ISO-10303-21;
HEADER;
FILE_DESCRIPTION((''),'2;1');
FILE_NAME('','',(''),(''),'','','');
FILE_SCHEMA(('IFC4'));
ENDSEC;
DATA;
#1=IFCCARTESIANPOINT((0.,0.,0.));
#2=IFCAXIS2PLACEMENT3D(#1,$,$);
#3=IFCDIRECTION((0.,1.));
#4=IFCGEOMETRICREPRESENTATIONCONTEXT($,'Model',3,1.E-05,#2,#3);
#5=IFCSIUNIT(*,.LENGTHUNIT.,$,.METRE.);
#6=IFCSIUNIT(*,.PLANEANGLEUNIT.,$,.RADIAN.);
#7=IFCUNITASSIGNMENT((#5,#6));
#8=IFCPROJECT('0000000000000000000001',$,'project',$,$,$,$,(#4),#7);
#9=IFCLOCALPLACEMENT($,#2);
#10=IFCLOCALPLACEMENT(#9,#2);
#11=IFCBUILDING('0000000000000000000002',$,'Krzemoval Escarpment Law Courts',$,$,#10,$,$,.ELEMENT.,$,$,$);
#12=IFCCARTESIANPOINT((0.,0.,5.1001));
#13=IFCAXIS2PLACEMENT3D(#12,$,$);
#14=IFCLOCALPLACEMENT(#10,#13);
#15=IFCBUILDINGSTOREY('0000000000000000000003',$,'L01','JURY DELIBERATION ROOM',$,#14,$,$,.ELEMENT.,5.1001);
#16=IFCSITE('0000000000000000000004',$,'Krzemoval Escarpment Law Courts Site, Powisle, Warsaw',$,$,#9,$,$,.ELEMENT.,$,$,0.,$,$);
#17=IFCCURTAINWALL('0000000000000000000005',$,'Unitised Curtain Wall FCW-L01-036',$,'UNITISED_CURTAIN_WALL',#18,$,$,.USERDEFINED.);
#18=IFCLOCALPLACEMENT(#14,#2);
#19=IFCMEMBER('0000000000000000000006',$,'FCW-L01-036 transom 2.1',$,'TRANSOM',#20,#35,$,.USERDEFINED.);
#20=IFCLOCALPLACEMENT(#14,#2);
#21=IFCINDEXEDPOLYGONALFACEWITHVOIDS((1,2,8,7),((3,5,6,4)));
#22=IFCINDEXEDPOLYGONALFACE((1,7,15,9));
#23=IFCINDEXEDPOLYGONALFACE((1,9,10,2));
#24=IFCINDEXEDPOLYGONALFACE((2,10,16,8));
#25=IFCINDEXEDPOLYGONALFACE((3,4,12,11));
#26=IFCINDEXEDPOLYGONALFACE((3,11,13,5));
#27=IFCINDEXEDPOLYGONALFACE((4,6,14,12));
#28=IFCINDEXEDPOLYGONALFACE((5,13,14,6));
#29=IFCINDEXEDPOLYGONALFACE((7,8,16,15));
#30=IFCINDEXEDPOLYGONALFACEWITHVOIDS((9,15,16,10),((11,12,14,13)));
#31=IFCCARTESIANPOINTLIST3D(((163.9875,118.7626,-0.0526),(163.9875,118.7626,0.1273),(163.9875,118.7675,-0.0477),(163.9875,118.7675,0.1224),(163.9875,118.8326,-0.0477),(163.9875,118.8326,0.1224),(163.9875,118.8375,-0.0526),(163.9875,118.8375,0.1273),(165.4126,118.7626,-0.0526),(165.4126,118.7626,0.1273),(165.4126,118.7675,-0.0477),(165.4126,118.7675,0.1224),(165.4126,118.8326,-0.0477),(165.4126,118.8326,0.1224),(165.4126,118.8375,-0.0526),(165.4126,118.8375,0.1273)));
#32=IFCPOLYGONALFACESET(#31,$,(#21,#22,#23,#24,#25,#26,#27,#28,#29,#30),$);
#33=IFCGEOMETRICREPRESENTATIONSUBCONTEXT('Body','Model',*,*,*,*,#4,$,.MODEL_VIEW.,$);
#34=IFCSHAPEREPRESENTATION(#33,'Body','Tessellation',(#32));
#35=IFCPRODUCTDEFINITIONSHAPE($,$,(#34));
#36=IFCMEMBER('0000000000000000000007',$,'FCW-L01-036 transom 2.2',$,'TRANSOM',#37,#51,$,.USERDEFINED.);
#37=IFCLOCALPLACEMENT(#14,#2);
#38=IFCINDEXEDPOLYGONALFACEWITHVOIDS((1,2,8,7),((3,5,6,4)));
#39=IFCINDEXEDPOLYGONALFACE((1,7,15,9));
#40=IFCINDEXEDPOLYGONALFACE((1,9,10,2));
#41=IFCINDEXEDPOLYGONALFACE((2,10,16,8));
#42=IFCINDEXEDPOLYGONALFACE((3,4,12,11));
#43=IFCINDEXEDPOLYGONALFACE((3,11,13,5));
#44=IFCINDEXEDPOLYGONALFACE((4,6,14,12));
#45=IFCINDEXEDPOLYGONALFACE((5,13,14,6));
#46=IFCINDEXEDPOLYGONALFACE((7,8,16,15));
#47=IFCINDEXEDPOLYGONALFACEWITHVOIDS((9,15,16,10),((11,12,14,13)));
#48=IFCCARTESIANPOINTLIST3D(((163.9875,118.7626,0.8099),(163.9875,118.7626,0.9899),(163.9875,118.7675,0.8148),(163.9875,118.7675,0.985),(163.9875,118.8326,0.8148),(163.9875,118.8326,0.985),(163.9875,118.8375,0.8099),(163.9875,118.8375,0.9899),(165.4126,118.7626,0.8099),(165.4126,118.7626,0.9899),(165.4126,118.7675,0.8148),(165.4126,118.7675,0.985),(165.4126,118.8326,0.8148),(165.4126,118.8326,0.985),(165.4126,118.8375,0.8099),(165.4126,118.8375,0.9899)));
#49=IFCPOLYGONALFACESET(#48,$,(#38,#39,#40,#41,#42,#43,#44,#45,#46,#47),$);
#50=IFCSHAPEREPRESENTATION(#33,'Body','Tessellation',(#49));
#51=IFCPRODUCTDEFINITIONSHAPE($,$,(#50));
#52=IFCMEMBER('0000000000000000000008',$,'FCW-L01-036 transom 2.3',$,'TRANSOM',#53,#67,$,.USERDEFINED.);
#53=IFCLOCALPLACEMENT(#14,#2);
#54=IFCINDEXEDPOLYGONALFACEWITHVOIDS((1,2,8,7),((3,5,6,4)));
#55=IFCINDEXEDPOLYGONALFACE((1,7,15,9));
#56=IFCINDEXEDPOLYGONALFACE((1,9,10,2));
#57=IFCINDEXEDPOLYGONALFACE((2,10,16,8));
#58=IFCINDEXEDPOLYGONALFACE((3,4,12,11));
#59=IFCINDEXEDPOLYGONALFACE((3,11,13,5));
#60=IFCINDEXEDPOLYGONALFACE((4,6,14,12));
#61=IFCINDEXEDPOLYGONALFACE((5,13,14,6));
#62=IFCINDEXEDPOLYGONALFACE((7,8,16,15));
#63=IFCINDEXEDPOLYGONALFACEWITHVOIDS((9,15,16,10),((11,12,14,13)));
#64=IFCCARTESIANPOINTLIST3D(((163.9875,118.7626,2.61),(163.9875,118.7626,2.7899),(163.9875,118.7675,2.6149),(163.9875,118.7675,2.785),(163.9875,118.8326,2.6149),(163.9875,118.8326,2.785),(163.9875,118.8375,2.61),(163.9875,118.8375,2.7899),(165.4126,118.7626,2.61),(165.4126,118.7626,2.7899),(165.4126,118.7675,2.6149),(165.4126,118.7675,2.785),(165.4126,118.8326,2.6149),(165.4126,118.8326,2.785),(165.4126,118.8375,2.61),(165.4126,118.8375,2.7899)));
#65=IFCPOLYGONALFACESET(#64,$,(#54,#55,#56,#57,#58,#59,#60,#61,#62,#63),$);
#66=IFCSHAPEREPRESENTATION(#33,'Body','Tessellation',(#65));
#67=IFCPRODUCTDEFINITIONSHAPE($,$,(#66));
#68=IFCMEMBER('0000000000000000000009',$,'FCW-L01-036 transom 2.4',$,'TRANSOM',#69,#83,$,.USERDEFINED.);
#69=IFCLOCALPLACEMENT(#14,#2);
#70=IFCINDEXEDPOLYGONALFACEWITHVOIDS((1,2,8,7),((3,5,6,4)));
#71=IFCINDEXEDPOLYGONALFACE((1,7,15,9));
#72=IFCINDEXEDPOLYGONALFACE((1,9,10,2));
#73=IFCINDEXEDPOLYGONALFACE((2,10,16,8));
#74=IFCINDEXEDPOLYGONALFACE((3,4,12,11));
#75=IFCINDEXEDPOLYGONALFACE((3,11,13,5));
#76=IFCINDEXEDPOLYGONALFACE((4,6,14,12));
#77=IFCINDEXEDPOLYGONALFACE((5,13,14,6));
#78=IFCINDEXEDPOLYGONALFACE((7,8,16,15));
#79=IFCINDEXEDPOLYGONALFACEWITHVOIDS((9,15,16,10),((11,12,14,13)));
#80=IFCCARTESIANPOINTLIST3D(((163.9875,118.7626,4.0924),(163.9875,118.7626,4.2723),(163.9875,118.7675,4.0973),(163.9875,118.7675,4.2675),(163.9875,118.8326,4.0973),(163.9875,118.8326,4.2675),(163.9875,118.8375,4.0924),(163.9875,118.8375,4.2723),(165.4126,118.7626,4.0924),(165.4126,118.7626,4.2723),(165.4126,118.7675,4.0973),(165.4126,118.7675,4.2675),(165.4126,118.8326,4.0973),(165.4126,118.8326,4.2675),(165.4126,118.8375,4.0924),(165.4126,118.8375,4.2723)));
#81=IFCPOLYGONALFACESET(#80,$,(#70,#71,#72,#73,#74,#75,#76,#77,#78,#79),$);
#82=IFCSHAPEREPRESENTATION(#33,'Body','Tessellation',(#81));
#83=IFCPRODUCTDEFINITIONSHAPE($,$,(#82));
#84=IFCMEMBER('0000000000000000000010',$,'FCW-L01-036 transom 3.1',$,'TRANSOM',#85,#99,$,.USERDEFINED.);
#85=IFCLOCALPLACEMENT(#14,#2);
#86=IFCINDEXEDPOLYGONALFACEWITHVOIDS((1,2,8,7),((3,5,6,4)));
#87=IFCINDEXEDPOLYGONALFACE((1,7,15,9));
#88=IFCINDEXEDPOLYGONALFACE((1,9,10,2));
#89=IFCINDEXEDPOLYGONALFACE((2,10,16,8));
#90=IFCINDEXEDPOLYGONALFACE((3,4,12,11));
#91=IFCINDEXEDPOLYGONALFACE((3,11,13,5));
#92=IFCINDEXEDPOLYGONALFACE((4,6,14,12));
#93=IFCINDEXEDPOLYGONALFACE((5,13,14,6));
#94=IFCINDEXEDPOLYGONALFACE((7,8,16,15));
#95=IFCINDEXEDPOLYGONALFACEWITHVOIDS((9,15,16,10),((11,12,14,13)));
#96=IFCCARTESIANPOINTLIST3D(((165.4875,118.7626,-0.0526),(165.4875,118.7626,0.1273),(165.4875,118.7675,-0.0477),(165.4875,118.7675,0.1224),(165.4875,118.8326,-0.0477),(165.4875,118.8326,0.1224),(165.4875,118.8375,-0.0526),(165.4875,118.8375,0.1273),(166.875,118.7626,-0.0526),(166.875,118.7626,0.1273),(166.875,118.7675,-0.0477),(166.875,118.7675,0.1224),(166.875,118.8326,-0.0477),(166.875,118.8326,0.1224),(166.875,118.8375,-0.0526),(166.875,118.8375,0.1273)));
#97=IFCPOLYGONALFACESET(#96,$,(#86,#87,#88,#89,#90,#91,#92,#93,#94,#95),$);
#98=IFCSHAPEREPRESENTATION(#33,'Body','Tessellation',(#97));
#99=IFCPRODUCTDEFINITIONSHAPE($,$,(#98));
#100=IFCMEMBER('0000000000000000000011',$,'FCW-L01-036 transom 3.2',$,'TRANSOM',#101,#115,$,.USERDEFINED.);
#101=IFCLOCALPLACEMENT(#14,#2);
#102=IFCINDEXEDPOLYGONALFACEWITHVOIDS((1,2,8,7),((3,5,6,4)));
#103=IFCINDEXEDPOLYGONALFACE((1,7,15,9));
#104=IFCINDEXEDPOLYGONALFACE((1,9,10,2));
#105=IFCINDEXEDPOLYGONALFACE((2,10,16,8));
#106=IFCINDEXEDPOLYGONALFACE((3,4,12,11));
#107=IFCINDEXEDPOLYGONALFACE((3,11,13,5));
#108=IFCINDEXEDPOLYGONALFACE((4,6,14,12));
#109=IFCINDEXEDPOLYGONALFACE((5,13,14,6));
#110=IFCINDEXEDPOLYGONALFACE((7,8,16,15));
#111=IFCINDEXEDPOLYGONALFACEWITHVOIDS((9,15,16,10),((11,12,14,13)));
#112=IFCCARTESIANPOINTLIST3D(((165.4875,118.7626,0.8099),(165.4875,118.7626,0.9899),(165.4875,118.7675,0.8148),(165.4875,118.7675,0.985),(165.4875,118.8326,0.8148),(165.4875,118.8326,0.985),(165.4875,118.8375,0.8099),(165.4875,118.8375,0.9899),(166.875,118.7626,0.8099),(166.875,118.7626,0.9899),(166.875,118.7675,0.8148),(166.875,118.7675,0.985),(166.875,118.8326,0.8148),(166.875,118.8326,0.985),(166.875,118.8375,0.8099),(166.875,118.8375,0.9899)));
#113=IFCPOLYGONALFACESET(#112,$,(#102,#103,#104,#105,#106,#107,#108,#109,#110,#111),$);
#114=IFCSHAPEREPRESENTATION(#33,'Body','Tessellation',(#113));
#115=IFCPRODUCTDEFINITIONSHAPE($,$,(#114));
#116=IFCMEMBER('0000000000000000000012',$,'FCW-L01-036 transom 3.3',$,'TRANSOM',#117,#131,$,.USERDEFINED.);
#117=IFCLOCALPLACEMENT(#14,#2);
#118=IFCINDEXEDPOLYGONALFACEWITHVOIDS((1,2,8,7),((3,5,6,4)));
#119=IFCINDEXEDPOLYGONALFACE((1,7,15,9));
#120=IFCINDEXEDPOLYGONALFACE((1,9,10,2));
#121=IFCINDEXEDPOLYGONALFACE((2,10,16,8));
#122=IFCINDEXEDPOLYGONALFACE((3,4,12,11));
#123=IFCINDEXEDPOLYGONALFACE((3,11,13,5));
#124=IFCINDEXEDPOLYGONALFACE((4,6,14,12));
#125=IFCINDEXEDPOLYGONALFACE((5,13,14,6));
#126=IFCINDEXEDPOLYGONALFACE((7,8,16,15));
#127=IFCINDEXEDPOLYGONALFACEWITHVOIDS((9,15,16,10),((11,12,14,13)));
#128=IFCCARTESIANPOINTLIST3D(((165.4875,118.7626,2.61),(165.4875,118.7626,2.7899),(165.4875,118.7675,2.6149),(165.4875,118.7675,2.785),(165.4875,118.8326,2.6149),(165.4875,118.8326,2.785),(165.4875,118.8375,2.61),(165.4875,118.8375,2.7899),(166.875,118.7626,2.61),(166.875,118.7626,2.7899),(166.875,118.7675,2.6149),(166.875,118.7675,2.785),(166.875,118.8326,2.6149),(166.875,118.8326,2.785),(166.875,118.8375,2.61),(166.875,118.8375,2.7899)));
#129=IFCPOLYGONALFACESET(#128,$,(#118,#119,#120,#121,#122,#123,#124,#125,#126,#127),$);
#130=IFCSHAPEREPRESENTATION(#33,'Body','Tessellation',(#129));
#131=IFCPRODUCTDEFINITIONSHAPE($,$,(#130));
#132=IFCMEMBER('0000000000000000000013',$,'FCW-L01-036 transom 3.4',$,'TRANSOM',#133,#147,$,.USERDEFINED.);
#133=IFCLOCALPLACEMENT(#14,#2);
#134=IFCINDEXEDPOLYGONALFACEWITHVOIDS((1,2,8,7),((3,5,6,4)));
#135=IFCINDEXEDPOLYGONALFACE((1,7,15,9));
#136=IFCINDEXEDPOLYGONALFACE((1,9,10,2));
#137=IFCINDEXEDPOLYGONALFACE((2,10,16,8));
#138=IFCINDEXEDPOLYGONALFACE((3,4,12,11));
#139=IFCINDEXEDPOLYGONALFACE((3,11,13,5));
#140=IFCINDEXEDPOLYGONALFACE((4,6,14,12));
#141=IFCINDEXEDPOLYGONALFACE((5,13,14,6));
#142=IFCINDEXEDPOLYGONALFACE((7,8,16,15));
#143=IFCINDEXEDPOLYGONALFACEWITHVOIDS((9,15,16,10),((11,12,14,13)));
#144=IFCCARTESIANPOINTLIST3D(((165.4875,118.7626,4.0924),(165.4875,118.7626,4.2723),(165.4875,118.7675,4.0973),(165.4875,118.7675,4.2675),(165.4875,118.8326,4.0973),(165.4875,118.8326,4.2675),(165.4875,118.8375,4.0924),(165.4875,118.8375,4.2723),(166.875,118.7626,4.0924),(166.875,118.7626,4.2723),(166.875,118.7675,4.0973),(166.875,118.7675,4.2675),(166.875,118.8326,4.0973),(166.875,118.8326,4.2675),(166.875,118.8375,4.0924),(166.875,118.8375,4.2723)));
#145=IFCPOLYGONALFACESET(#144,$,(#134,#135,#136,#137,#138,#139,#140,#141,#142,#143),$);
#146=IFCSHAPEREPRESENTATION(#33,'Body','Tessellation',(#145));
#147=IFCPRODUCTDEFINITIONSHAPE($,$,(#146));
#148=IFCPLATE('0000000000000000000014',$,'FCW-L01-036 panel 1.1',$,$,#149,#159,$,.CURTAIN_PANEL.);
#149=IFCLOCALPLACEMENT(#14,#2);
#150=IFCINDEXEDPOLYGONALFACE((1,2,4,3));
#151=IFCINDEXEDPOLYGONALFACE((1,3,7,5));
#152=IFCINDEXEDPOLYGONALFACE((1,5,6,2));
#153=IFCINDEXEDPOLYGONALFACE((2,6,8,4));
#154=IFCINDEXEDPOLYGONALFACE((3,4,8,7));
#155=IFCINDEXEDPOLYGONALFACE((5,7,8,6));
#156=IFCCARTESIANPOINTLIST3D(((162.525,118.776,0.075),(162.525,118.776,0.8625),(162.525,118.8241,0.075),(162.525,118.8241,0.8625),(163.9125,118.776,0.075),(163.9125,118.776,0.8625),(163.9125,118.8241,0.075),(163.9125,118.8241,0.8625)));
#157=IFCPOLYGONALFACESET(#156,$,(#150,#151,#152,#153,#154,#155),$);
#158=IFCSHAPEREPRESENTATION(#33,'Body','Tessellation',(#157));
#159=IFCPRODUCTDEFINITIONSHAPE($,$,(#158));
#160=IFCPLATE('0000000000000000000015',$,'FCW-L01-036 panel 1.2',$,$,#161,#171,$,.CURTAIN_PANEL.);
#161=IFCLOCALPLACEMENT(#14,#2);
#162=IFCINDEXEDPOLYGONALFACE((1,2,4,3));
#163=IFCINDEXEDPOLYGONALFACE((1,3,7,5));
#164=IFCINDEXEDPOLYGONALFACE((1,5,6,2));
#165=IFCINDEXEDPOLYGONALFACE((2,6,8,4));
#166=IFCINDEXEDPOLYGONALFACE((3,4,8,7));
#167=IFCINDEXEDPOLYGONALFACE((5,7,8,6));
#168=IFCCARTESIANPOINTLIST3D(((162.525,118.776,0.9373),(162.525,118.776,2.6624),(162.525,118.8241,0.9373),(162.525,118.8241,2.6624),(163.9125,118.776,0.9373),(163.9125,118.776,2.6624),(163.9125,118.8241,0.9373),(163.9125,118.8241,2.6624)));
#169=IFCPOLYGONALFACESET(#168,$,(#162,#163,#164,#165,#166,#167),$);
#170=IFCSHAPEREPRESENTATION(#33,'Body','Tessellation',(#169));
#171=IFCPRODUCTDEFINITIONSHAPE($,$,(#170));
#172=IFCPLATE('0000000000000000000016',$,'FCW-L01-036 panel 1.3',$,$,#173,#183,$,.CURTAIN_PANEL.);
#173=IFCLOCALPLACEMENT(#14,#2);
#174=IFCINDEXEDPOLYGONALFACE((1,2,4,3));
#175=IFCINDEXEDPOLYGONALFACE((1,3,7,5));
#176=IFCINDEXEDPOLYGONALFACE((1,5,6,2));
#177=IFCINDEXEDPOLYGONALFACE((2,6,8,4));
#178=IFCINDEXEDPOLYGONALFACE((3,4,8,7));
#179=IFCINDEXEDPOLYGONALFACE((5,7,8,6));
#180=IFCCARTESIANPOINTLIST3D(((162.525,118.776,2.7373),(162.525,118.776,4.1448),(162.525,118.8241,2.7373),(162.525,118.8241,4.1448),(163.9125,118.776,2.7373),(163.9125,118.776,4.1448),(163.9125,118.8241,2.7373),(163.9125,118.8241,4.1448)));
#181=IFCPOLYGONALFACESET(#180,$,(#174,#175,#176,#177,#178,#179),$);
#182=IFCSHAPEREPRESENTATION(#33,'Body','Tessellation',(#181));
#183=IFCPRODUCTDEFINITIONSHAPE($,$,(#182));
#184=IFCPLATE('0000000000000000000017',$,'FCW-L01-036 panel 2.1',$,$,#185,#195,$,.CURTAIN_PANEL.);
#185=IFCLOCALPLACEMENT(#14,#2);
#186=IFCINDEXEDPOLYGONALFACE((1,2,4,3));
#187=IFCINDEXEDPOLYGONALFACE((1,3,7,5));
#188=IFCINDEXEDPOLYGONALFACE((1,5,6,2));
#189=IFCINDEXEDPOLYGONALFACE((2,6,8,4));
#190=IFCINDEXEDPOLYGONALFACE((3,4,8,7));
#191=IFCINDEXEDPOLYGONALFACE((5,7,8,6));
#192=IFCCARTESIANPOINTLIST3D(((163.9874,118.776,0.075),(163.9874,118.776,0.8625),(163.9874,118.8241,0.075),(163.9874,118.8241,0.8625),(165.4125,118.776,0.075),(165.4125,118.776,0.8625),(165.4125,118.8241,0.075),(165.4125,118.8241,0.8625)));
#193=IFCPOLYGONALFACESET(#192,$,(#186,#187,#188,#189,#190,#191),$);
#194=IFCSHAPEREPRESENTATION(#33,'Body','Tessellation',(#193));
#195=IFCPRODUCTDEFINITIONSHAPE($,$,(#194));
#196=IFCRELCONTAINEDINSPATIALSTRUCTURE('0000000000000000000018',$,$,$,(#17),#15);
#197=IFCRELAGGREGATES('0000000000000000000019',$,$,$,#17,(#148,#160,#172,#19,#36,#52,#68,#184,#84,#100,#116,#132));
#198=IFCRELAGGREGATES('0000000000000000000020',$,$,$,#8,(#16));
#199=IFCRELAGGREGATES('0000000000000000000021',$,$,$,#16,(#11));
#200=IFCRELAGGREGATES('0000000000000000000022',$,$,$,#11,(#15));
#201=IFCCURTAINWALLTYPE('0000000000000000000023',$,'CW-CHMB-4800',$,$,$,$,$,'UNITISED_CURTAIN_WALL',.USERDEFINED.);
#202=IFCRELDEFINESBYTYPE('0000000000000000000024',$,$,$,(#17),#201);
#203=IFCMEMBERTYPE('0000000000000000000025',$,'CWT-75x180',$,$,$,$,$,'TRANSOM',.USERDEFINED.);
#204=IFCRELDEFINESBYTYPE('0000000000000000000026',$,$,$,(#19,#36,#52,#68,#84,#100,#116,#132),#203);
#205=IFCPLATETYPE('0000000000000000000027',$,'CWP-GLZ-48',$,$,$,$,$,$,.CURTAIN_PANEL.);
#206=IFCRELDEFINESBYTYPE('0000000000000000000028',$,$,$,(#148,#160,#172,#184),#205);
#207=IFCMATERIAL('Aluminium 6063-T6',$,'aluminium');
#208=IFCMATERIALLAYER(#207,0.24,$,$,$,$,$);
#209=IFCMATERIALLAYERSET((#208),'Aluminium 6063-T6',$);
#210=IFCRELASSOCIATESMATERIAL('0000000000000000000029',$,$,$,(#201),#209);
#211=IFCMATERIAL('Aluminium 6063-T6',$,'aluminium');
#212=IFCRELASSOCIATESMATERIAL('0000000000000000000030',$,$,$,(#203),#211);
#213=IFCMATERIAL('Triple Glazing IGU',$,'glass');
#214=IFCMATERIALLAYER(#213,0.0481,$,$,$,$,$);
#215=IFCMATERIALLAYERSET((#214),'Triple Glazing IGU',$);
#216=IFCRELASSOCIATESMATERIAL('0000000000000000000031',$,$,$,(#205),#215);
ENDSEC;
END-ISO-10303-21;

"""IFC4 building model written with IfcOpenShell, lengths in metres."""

from ifc_helpers import new_model, si_unit, direction, frame, origin, origin_2d, place, context, subcontext, project, spatial, rectangle, hollow_rectangle, extrude, material, layer, layer_set, material_profile, profile_set, type_object, element, aggregate, save


model = new_model("IFC4")

# Units and contexts
model_context = context("Model", 3, precision=1e-05, world=origin(), true_north=direction((0.0, 1.0)))
body_context = subcontext(model_context, "Body", "Model", "MODEL_VIEW")
ifc_project = project(units=[si_unit("LENGTHUNIT", "METRE"), si_unit("PLANEANGLEUNIT", "RADIAN")], contexts=[model_context])

# Site, building, storey
site_placement = place(None, origin())
site = spatial("IfcSite", under=ifc_project, at=site_placement, Name="Krzemoval Escarpment Law Courts Site, Powisle, Warsaw", CompositionType="ELEMENT", RefElevation=0.0)
building_placement = place(site_placement, origin())
building = spatial("IfcBuilding", under=site, at=building_placement, Name="Krzemoval Escarpment Law Courts", CompositionType="ELEMENT")
storey_placement = place(building_placement, frame((0.0, 0.0, 5.1001)))
storey = spatial("IfcBuildingStorey", under=building, at=storey_placement, Name="L01", Description="JURY DELIBERATION ROOM", CompositionType="ELEMENT", Elevation=5.1001)

# Shared definitions
ifc_material_1 = material(Name="Aluminium 6063-T6", Category="aluminium")
ifc_layer_1 = layer(ifc_material_1, 0.24)
ifc_layer_set_1 = layer_set([ifc_layer_1], Name="Aluminium 6063-T6")
curtain_wall_type = type_object("IfcCurtainWallType", Name="CW-CHMB-4800", ElementType="UNITISED_CURTAIN_WALL", PredefinedType="USERDEFINED", material=ifc_layer_set_1)

# Curtain wall, members, plates
curtain_wall_1_placement = place(storey_placement, origin())
curtain_wall_1 = element("IfcCurtainWall", 1, at=curtain_wall_1_placement, inside=storey, type_object=curtain_wall_type, Name="Unitised Curtain Wall FCW-L01-036", ObjectType="UNITISED_CURTAIN_WALL", PredefinedType="USERDEFINED")
ifc_material_2 = material(Name="Aluminium 6063-T6", Category="aluminium")
ifc_material_profile_1 = material_profile(ifc_material_2, hollow_rectangle(XDim=0.075, YDim=0.1799, WallThickness=0.0049, at=origin_2d()), Name="ALU T75x180")
ifc_profile_set_1 = profile_set([ifc_material_profile_1], Name="Aluminium 6063-T6")
member_type_1 = type_object("IfcMemberType", Name="CWT-75x180", ElementType="TRANSOM", PredefinedType="USERDEFINED", material=ifc_profile_set_1)
member_1_placement = place(storey_placement, frame((163.9875, 118.8, 0.0374), z_axis=(1.0, 0.0, 0.0), x_axis=(0.0, 1.0, 0.0)))
member_1 = element("IfcMember", 2, at=member_1_placement, type_object=member_type_1, Name="FCW-L01-036 transom 2.1", ObjectType="TRANSOM", PredefinedType="USERDEFINED", context=body_context, shape_type="SweptSolid", body=[
    extrude(hollow_rectangle(XDim=0.075, YDim=0.1799, WallThickness=0.0049, at=origin_2d()), origin(), (0.0, 0.0, 1.0), 1.425),
])
member_2_placement = place(storey_placement, frame((163.9875, 118.8, 0.8999), z_axis=(1.0, 0.0, 0.0), x_axis=(0.0, 1.0, 0.0)))
member_2 = element("IfcMember", 3, at=member_2_placement, type_object=member_type_1, Name="FCW-L01-036 transom 2.2", ObjectType="TRANSOM", PredefinedType="USERDEFINED", context=body_context, shape_type="SweptSolid", body=[
    extrude(hollow_rectangle(XDim=0.075, YDim=0.1799, WallThickness=0.0049, at=origin_2d()), origin(), (0.0, 0.0, 1.0), 1.425),
])
member_3_placement = place(storey_placement, frame((163.9875, 118.8, 2.7), z_axis=(1.0, 0.0, 0.0), x_axis=(0.0, 1.0, 0.0)))
member_3 = element("IfcMember", 4, at=member_3_placement, type_object=member_type_1, Name="FCW-L01-036 transom 2.3", ObjectType="TRANSOM", PredefinedType="USERDEFINED", context=body_context, shape_type="SweptSolid", body=[
    extrude(hollow_rectangle(XDim=0.075, YDim=0.1799, WallThickness=0.0049, at=origin_2d()), origin(), (0.0, 0.0, 1.0), 1.425),
])
member_4_placement = place(storey_placement, frame((163.9875, 118.8, 4.1824), z_axis=(1.0, 0.0, 0.0), x_axis=(0.0, 1.0, 0.0)))
member_4 = element("IfcMember", 5, at=member_4_placement, type_object=member_type_1, Name="FCW-L01-036 transom 2.4", ObjectType="TRANSOM", PredefinedType="USERDEFINED", context=body_context, shape_type="SweptSolid", body=[
    extrude(hollow_rectangle(XDim=0.075, YDim=0.1799, WallThickness=0.0049, at=origin_2d()), origin(), (0.0, 0.0, 1.0), 1.425),
])
member_5_placement = place(storey_placement, frame((165.4875, 118.8, 0.0374), z_axis=(1.0, 0.0, 0.0), x_axis=(0.0, 1.0, 0.0)))
member_5 = element("IfcMember", 6, at=member_5_placement, type_object=member_type_1, Name="FCW-L01-036 transom 3.1", ObjectType="TRANSOM", PredefinedType="USERDEFINED", context=body_context, shape_type="SweptSolid", body=[
    extrude(hollow_rectangle(XDim=0.075, YDim=0.1799, WallThickness=0.0049, at=origin_2d()), origin(), (0.0, 0.0, 1.0), 1.3875),
])
member_6_placement = place(storey_placement, frame((165.4875, 118.8, 0.8999), z_axis=(1.0, 0.0, 0.0), x_axis=(0.0, 1.0, 0.0)))
member_6 = element("IfcMember", 7, at=member_6_placement, type_object=member_type_1, Name="FCW-L01-036 transom 3.2", ObjectType="TRANSOM", PredefinedType="USERDEFINED", context=body_context, shape_type="SweptSolid", body=[
    extrude(hollow_rectangle(XDim=0.075, YDim=0.1799, WallThickness=0.0049, at=origin_2d()), origin(), (0.0, 0.0, 1.0), 1.3875),
])
member_7_placement = place(storey_placement, frame((165.4875, 118.8, 2.7), z_axis=(1.0, 0.0, 0.0), x_axis=(0.0, 1.0, 0.0)))
member_7 = element("IfcMember", 8, at=member_7_placement, type_object=member_type_1, Name="FCW-L01-036 transom 3.3", ObjectType="TRANSOM", PredefinedType="USERDEFINED", context=body_context, shape_type="SweptSolid", body=[
    extrude(hollow_rectangle(XDim=0.075, YDim=0.1799, WallThickness=0.0049, at=origin_2d()), origin(), (0.0, 0.0, 1.0), 1.3875),
])
member_8_placement = place(storey_placement, frame((165.4875, 118.8, 4.1824), z_axis=(1.0, 0.0, 0.0), x_axis=(0.0, 1.0, 0.0)))
member_8 = element("IfcMember", 9, at=member_8_placement, type_object=member_type_1, Name="FCW-L01-036 transom 3.4", ObjectType="TRANSOM", PredefinedType="USERDEFINED", context=body_context, shape_type="SweptSolid", body=[
    extrude(hollow_rectangle(XDim=0.075, YDim=0.1799, WallThickness=0.0049, at=origin_2d()), origin(), (0.0, 0.0, 1.0), 1.3875),
])
ifc_material_3 = material(Name="Triple Glazing IGU", Category="glass")
ifc_layer_2 = layer(ifc_material_3, 0.0481)
ifc_layer_set_2 = layer_set([ifc_layer_2], Name="Triple Glazing IGU")
plate_type = type_object("IfcPlateType", Name="CWP-GLZ-48", PredefinedType="CURTAIN_PANEL", material=ifc_layer_set_2)
plate_1_placement = place(storey_placement, frame((163.2188, 118.8, 0.075), z_axis=(0.0, 0.0, 1.0), x_axis=(1.0, 0.0, 0.0)))
plate_1 = element("IfcPlate", 10, at=plate_1_placement, type_object=plate_type, Name="FCW-L01-036 panel 1.1", PredefinedType="CURTAIN_PANEL", context=body_context, shape_type="SweptSolid", body=[
    extrude(rectangle(XDim=1.3875, YDim=0.0481, at=origin_2d()), origin(), (0.0, 0.0, 1.0), 0.7876),
])
plate_2_placement = place(storey_placement, frame((163.2188, 118.8, 0.9373), z_axis=(0.0, 0.0, 1.0), x_axis=(1.0, 0.0, 0.0)))
plate_2 = element("IfcPlate", 11, at=plate_2_placement, type_object=plate_type, Name="FCW-L01-036 panel 1.2", PredefinedType="CURTAIN_PANEL", context=body_context, shape_type="SweptSolid", body=[
    extrude(rectangle(XDim=1.3875, YDim=0.0481, at=origin_2d()), origin(), (0.0, 0.0, 1.0), 1.7251),
])
plate_3_placement = place(storey_placement, frame((163.2188, 118.8, 2.7373), z_axis=(0.0, 0.0, 1.0), x_axis=(1.0, 0.0, 0.0)))
plate_3 = element("IfcPlate", 12, at=plate_3_placement, type_object=plate_type, Name="FCW-L01-036 panel 1.3", PredefinedType="CURTAIN_PANEL", context=body_context, shape_type="SweptSolid", body=[
    extrude(rectangle(XDim=1.3875, YDim=0.0481, at=origin_2d()), origin(), (0.0, 0.0, 1.0), 1.4075),
])
plate_4_placement = place(storey_placement, frame((164.7, 118.8, 0.075), z_axis=(0.0, 0.0, 1.0), x_axis=(1.0, 0.0, 0.0)))
plate_4 = element("IfcPlate", 13, at=plate_4_placement, type_object=plate_type, Name="FCW-L01-036 panel 2.1", PredefinedType="CURTAIN_PANEL", context=body_context, shape_type="SweptSolid", body=[
    extrude(rectangle(XDim=1.425, YDim=0.0481, at=origin_2d()), origin(), (0.0, 0.0, 1.0), 0.7876),
])
aggregate(curtain_wall_1, [plate_1, plate_2, plate_3, member_1, member_2, member_3, member_4, plate_4, member_5, member_6, member_7, member_8])

save(model, "model.ifc")
